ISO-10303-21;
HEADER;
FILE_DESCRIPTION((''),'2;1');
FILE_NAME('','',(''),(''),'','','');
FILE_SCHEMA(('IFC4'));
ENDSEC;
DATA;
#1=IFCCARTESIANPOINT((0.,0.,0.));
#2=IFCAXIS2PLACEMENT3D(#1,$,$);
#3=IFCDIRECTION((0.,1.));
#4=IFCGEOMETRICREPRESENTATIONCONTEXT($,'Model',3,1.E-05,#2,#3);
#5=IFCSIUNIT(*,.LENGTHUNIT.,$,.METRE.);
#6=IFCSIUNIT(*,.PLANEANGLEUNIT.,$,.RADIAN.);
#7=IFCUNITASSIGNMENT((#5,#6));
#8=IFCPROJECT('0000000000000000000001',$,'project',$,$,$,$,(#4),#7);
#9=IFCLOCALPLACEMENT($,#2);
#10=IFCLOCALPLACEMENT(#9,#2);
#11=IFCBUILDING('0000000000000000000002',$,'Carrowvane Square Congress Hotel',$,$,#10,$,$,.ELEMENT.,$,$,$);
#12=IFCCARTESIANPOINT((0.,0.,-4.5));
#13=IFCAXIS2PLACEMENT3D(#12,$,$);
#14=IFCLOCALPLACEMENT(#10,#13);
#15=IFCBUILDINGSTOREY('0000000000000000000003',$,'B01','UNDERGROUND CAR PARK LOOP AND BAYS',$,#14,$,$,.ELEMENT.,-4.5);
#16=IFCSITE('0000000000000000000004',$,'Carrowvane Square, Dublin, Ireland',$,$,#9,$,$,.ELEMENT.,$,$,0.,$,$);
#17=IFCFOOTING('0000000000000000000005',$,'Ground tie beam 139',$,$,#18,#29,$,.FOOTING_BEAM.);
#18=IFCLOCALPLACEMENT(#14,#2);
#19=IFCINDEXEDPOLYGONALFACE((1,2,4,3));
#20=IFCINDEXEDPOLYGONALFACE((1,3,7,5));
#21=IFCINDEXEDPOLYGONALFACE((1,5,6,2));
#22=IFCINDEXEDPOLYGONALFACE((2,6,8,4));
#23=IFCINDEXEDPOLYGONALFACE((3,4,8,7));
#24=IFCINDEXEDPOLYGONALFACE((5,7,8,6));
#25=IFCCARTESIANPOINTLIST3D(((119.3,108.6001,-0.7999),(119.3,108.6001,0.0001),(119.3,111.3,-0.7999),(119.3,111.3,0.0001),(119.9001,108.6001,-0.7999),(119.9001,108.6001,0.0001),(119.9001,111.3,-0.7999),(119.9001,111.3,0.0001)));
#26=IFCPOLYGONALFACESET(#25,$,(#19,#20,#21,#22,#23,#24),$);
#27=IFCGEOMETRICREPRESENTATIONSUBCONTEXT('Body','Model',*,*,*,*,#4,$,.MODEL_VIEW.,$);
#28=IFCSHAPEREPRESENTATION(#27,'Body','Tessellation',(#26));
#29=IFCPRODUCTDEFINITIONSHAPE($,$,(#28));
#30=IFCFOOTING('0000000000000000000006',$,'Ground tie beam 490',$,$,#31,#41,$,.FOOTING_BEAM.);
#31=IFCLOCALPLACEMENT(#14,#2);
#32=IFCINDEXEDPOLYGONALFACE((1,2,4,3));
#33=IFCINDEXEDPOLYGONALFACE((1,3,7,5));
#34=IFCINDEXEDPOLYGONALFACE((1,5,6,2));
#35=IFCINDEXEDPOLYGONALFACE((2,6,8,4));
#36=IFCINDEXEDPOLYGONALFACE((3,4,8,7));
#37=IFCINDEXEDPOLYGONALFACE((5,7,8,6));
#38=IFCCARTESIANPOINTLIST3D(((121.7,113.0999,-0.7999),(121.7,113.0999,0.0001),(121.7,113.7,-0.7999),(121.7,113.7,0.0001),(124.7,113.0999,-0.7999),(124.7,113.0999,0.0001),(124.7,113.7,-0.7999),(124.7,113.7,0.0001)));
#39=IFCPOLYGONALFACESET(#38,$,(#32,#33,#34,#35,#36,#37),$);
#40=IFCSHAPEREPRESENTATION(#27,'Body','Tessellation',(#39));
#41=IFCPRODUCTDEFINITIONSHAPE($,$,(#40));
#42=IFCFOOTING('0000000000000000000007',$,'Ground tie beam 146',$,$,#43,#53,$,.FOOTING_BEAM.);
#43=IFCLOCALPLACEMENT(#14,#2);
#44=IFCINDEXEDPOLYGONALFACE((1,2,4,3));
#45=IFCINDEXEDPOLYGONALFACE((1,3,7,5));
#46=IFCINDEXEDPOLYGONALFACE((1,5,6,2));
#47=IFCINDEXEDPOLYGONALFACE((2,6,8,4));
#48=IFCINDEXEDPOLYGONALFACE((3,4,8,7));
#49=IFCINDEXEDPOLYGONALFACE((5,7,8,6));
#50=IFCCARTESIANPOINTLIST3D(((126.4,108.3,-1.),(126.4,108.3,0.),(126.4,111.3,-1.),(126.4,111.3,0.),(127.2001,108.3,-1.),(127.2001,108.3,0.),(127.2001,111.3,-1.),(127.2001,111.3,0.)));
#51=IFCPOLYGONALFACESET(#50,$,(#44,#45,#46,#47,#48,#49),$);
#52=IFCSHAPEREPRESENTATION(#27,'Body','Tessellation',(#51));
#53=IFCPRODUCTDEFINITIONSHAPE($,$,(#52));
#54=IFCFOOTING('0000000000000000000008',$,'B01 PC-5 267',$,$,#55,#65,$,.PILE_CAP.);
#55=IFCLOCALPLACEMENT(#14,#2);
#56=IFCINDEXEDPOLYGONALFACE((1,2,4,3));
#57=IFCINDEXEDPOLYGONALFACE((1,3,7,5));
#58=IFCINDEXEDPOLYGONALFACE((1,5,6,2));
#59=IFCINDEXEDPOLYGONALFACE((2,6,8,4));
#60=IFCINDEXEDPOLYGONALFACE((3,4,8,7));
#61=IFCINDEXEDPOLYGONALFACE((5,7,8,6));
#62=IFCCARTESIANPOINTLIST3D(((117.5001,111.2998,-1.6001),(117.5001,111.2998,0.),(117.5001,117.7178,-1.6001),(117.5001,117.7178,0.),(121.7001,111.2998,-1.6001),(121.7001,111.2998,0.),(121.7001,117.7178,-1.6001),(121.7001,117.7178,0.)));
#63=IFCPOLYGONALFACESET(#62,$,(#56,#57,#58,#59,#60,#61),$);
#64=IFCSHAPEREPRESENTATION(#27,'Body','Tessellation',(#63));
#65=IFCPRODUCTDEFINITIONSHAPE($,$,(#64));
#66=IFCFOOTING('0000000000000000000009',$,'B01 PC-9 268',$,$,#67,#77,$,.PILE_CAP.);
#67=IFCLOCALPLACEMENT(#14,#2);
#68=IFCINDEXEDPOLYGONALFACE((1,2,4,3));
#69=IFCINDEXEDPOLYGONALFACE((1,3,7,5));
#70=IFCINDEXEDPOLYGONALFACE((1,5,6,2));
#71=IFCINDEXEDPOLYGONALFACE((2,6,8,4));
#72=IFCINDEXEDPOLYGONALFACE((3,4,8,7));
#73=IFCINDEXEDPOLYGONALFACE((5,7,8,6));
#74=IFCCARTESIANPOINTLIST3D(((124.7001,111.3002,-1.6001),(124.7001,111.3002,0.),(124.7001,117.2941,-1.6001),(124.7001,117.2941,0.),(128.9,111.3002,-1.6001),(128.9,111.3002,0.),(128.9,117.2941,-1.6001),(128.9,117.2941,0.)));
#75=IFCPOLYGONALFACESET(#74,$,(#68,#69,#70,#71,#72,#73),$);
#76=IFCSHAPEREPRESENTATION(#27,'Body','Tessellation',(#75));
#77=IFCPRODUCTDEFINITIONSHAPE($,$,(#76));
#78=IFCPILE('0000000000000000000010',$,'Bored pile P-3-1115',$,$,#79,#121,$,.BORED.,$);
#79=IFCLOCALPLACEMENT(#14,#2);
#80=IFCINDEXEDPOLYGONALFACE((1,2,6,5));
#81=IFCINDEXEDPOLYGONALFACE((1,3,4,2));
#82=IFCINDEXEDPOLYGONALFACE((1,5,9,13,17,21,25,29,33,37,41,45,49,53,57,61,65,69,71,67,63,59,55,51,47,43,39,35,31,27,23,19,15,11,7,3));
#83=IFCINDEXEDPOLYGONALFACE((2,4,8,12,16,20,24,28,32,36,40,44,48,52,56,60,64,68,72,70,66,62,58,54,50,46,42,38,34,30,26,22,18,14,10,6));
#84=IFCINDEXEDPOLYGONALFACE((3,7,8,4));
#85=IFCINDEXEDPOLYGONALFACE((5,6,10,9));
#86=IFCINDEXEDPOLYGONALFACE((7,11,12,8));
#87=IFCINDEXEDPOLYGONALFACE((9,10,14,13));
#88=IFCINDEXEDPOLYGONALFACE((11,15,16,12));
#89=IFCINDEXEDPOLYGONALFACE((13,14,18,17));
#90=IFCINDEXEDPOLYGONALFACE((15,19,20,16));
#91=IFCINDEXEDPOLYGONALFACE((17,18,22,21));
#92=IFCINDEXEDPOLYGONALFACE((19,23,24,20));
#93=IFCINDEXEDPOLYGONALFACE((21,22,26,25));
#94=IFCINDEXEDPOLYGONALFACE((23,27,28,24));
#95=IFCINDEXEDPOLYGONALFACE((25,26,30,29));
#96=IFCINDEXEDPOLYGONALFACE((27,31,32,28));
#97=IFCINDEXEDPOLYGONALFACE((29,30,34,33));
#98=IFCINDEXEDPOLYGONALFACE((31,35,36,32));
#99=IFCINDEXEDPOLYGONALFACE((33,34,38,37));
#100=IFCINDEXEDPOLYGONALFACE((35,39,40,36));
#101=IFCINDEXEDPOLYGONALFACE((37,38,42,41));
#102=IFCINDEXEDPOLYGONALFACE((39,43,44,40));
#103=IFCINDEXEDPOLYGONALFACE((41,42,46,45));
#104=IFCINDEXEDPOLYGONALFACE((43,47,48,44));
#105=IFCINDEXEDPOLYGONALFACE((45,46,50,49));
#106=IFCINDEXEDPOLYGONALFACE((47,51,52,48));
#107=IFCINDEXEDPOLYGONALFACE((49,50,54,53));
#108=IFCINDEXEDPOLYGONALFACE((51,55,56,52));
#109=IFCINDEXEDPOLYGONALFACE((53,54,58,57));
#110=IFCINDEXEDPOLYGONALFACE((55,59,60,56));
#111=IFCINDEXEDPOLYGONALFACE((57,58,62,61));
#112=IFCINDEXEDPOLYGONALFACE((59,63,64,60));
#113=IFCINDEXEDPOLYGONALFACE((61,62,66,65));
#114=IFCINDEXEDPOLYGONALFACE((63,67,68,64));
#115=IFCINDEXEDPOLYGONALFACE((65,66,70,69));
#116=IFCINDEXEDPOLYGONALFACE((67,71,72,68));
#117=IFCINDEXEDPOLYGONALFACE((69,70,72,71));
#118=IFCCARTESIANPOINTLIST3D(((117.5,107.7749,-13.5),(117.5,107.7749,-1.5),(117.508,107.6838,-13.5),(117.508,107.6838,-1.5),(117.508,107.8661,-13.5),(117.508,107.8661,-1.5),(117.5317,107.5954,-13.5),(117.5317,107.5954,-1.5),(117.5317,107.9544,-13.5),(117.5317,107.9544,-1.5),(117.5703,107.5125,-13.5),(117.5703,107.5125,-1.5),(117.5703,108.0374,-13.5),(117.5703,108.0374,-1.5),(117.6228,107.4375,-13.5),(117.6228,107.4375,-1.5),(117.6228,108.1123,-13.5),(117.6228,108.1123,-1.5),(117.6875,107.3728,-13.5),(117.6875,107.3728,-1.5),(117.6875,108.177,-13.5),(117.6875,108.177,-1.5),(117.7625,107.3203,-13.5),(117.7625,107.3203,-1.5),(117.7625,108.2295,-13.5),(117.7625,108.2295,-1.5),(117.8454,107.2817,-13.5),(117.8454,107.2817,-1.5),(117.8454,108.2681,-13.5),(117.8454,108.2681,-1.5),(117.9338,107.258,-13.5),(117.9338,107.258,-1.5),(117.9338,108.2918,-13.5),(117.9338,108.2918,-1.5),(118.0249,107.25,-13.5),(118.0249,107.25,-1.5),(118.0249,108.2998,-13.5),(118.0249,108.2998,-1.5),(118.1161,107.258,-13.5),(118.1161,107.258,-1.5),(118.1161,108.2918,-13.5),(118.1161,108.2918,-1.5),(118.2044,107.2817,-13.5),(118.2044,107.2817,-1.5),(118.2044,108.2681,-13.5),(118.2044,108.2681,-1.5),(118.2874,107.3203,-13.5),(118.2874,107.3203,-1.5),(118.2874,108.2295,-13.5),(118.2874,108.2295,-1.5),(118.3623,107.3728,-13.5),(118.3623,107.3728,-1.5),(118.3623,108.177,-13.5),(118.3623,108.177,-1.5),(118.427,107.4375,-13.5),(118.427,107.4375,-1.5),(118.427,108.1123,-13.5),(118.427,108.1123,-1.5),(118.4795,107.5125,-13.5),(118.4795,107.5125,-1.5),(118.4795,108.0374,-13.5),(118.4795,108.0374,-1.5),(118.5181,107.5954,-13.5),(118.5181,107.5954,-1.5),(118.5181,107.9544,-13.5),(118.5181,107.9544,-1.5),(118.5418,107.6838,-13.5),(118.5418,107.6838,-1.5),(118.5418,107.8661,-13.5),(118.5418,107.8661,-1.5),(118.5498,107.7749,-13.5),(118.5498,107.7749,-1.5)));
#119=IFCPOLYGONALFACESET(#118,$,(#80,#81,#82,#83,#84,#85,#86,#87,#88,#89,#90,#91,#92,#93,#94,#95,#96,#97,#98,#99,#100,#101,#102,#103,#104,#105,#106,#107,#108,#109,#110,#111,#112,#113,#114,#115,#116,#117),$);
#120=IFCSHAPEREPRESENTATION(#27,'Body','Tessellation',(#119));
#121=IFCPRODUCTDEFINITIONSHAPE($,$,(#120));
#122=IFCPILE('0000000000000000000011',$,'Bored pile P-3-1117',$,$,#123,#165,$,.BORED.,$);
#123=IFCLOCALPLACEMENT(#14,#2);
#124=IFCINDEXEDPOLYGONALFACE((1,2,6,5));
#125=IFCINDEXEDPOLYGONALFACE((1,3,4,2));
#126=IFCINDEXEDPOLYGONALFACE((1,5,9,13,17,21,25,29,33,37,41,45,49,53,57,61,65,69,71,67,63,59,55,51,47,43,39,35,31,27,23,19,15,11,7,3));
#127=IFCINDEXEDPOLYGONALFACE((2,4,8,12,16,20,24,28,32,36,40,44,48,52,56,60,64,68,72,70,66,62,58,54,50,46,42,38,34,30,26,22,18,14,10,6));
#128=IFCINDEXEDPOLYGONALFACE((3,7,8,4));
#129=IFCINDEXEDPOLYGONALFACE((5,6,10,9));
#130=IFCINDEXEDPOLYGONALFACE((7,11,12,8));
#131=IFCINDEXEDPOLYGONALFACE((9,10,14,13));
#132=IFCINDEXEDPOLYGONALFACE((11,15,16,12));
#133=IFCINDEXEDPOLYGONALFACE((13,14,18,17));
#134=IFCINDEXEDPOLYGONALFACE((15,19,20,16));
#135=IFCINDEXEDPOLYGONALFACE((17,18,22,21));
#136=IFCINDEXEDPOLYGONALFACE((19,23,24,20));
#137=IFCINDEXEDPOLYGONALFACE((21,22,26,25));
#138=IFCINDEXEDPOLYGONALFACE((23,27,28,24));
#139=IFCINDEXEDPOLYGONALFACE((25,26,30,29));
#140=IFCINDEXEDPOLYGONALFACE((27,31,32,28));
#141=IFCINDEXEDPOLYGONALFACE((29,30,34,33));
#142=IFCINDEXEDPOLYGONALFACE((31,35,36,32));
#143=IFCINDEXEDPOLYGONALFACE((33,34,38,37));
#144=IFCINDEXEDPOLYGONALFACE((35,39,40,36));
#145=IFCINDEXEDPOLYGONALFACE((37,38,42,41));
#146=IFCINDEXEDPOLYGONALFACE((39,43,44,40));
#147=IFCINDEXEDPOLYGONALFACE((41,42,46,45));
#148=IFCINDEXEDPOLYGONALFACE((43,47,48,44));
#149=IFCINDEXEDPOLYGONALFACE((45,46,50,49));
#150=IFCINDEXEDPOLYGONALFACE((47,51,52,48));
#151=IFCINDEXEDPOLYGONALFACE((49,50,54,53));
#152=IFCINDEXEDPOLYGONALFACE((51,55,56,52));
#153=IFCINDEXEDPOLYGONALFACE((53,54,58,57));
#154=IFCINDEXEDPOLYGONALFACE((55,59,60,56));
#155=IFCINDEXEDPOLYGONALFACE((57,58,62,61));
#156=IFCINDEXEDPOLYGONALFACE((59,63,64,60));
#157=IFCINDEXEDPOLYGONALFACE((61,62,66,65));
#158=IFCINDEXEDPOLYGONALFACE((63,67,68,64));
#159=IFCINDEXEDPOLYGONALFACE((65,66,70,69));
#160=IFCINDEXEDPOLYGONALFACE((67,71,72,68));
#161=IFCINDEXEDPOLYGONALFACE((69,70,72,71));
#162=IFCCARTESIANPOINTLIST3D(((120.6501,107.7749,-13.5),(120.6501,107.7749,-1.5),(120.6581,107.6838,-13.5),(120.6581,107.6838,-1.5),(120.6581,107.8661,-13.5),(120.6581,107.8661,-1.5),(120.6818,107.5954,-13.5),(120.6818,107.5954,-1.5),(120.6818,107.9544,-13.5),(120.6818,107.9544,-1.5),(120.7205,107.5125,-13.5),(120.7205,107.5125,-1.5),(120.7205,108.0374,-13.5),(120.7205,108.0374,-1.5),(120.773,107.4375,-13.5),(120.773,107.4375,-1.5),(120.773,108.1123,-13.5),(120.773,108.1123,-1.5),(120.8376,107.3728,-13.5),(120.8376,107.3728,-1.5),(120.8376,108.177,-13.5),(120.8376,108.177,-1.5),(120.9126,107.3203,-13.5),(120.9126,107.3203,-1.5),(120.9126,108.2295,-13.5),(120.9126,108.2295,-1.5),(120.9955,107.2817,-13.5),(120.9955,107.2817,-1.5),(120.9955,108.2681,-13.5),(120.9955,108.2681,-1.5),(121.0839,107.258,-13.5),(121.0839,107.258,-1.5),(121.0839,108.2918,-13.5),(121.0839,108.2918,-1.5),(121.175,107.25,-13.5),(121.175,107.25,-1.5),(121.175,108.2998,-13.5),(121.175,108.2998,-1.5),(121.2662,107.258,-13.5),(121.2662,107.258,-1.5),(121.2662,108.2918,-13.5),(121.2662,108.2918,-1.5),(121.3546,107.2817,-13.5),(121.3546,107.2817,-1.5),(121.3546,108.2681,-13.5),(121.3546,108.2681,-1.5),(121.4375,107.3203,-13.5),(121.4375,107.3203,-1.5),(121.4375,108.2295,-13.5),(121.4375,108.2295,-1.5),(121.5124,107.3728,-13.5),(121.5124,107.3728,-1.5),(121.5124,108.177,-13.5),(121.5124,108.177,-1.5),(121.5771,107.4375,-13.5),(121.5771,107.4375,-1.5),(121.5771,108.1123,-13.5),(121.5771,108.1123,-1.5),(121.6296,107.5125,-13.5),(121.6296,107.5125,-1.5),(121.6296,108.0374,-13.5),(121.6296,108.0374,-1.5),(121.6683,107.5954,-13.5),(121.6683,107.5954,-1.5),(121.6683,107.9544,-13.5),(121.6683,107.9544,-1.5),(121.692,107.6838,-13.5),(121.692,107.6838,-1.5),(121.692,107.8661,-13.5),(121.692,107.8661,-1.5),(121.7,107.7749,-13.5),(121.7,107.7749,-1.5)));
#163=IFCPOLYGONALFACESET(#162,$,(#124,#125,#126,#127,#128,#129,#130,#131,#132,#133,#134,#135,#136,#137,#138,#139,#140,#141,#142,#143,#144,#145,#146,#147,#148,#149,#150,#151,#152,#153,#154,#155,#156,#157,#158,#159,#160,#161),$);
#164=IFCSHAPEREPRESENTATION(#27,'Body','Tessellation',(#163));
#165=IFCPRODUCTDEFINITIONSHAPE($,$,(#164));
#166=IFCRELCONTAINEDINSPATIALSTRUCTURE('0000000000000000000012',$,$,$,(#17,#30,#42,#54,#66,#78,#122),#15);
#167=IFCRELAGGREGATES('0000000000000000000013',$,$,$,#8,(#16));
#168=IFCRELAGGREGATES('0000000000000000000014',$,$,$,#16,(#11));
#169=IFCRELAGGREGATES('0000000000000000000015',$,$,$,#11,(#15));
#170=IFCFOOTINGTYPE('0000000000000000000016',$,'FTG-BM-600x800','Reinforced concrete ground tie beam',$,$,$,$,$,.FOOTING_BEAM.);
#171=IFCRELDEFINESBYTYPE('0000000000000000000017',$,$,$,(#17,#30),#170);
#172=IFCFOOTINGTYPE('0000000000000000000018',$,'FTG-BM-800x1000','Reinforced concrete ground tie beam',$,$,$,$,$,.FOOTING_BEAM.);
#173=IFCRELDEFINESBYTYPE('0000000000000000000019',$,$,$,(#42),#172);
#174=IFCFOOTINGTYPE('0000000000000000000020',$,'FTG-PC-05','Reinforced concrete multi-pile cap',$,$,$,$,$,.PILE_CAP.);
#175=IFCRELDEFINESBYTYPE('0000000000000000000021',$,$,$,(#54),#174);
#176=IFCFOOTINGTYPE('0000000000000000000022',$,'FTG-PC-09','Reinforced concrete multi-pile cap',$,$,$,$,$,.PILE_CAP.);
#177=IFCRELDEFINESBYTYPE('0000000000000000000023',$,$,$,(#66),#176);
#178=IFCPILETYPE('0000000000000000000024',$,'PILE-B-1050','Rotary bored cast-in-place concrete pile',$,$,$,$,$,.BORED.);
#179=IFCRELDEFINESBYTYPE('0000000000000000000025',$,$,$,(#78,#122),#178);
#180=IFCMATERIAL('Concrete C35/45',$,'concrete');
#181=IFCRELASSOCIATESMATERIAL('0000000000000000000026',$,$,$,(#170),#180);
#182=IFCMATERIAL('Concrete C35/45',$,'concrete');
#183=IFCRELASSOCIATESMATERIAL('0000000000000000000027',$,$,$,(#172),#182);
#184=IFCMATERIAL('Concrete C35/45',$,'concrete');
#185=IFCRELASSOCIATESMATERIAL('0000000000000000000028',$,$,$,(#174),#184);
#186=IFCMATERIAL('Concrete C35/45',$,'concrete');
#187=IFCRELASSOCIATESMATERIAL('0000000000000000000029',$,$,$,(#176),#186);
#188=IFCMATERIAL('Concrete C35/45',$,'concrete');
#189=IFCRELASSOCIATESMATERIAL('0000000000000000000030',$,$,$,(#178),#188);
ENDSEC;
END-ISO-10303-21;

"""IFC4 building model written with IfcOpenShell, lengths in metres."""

from ifc_helpers import new_model, si_unit, direction, frame, origin, origin_2d, place, context, subcontext, project, spatial, rectangle, circle, extrude, material, material_profile, profile_set, type_object, element, save


model = new_model("IFC4")

# Units and contexts
model_context = context("Model", 3, precision=1e-05, world=origin(), true_north=direction((0.0, 1.0)))
body_context = subcontext(model_context, "Body", "Model", "MODEL_VIEW")
ifc_project = project(units=[si_unit("LENGTHUNIT", "METRE"), si_unit("PLANEANGLEUNIT", "RADIAN")], contexts=[model_context])

# Site, building, storey
site_placement = place(None, origin())
site = spatial("IfcSite", under=ifc_project, at=site_placement, Name="Carrowvane Square, Dublin, Ireland", CompositionType="ELEMENT", RefElevation=0.0)
building_placement = place(site_placement, origin())
building = spatial("IfcBuilding", under=site, at=building_placement, Name="Carrowvane Square Congress Hotel", CompositionType="ELEMENT")
storey_placement = place(building_placement, frame((0.0, 0.0, -4.5)))
storey = spatial("IfcBuildingStorey", under=building, at=storey_placement, Name="B01", Description="UNDERGROUND CAR PARK LOOP AND BAYS", CompositionType="ELEMENT", Elevation=-4.5)

# Footings
ifc_material_1 = material(Name="Concrete C35/45", Category="concrete")
ifc_material_profile_1 = material_profile(ifc_material_1, rectangle(XDim=0.6001, YDim=0.8, at=origin_2d()), Name="RC 600x800")
ifc_profile_set_1 = profile_set([ifc_material_profile_1], Name="Concrete C35/45")
footing_type_1 = type_object("IfcFootingType", Name="FTG-BM-600x800", Description="Reinforced concrete ground tie beam", PredefinedType="FOOTING_BEAM", material=ifc_profile_set_1)
footing_1_placement = place(storey_placement, frame((119.6001, 108.6001, -0.3999), z_axis=(0.0, 1.0, 0.0), x_axis=(-1.0, 0.0, 0.0)))
element("IfcFooting", 1, at=footing_1_placement, inside=storey, type_object=footing_type_1, Name="Ground tie beam 139", PredefinedType="FOOTING_BEAM", context=body_context, shape_type="SweptSolid", body=[
    extrude(rectangle(XDim=0.6001, YDim=0.8, at=origin_2d()), origin(), (0.0, 0.0, 1.0), 2.7),
])
footing_2_placement = place(storey_placement, frame((121.7, 113.3999, -0.3999), z_axis=(1.0, 0.0, 0.0), x_axis=(0.0, 1.0, 0.0)))
element("IfcFooting", 2, at=footing_2_placement, inside=storey, type_object=footing_type_1, Name="Ground tie beam 490", PredefinedType="FOOTING_BEAM", context=body_context, shape_type="SweptSolid", body=[
    extrude(rectangle(XDim=0.6001, YDim=0.8, at=origin_2d()), origin(), (0.0, 0.0, 1.0), 3.0),
])
ifc_material_2 = material(Name="Concrete C35/45", Category="concrete")
ifc_material_profile_2 = material_profile(ifc_material_2, rectangle(XDim=0.8, YDim=1.0, at=origin_2d()), Name="RC 800x1000")
ifc_profile_set_2 = profile_set([ifc_material_profile_2], Name="Concrete C35/45")
footing_type_2 = type_object("IfcFootingType", Name="FTG-BM-800x1000", Description="Reinforced concrete ground tie beam", PredefinedType="FOOTING_BEAM", material=ifc_profile_set_2)
footing_3_placement = place(storey_placement, frame((126.8, 108.3, -0.5), z_axis=(0.0, 1.0, 0.0), x_axis=(-1.0, 0.0, 0.0)))
element("IfcFooting", 3, at=footing_3_placement, inside=storey, type_object=footing_type_2, Name="Ground tie beam 146", PredefinedType="FOOTING_BEAM", context=body_context, shape_type="SweptSolid", body=[
    extrude(rectangle(XDim=0.8, YDim=1.0, at=origin_2d()), origin(), (0.0, 0.0, 1.0), 3.0),
])
ifc_material_3 = material(Name="Concrete C35/45", Category="concrete")
footing_type_3 = type_object("IfcFootingType", Name="FTG-PC-05", Description="Reinforced concrete multi-pile cap", PredefinedType="PILE_CAP", material=ifc_material_3)
footing_4_placement = place(storey_placement, frame((119.6001, 114.5088, -1.6001), z_axis=(0.0, 0.0, 1.0), x_axis=(1.0, 0.0, 0.0)))
element("IfcFooting", 4, at=footing_4_placement, inside=storey, type_object=footing_type_3, Name="B01 PC-5 267", PredefinedType="PILE_CAP", context=body_context, shape_type="SweptSolid", body=[
    extrude(rectangle(XDim=4.2, YDim=6.418, at=origin_2d()), origin(), (0.0, 0.0, 1.0), 1.6001),
])
ifc_material_4 = material(Name="Concrete C35/45", Category="concrete")
footing_type_4 = type_object("IfcFootingType", Name="FTG-PC-09", Description="Reinforced concrete multi-pile cap", PredefinedType="PILE_CAP", material=ifc_material_4)
footing_5_placement = place(storey_placement, frame((126.8, 114.2971, -1.6001), z_axis=(0.0, 0.0, 1.0), x_axis=(1.0, 0.0, 0.0)))
element("IfcFooting", 5, at=footing_5_placement, inside=storey, type_object=footing_type_4, Name="B01 PC-9 268", PredefinedType="PILE_CAP", context=body_context, shape_type="SweptSolid", body=[
    extrude(rectangle(XDim=4.2, YDim=5.9939, at=origin_2d()), origin(), (0.0, 0.0, 1.0), 1.6001),
])

# Piles
ifc_material_5 = material(Name="Concrete C35/45", Category="concrete")
ifc_material_profile_3 = material_profile(ifc_material_5, circle(Radius=0.5249, at=origin_2d()), Name="PILE D1050")
ifc_profile_set_3 = profile_set([ifc_material_profile_3], Name="Concrete C35/45")
pile_type_1 = type_object("IfcPileType", Name="PILE-B-1050", Description="Rotary bored cast-in-place concrete pile", PredefinedType="BORED", material=ifc_profile_set_3)
for number, where, z_axis, x_axis, name in (
    (6, (118.0249, 107.7749, -1.5), (0.0, 0.0, -1.0), (1.0, 0.0, 0.0), "Bored pile P-3-1115"),
    (7, (121.175, 107.7749, -1.5), (0.0, 0.0, -1.0), (1.0, 0.0, 0.0), "Bored pile P-3-1117"),
):
    element("IfcPile", number, at=place(storey_placement, frame(where, z_axis=z_axis, x_axis=x_axis)), inside=storey, type_object=pile_type_1, Name=name, PredefinedType="BORED", context=body_context, shape_type="SweptSolid", body=[
        extrude(circle(Radius=0.5249, at=origin_2d()), origin(), (0.0, 0.0, 1.0), 12.0),
    ])

save(model, "model.ifc")
